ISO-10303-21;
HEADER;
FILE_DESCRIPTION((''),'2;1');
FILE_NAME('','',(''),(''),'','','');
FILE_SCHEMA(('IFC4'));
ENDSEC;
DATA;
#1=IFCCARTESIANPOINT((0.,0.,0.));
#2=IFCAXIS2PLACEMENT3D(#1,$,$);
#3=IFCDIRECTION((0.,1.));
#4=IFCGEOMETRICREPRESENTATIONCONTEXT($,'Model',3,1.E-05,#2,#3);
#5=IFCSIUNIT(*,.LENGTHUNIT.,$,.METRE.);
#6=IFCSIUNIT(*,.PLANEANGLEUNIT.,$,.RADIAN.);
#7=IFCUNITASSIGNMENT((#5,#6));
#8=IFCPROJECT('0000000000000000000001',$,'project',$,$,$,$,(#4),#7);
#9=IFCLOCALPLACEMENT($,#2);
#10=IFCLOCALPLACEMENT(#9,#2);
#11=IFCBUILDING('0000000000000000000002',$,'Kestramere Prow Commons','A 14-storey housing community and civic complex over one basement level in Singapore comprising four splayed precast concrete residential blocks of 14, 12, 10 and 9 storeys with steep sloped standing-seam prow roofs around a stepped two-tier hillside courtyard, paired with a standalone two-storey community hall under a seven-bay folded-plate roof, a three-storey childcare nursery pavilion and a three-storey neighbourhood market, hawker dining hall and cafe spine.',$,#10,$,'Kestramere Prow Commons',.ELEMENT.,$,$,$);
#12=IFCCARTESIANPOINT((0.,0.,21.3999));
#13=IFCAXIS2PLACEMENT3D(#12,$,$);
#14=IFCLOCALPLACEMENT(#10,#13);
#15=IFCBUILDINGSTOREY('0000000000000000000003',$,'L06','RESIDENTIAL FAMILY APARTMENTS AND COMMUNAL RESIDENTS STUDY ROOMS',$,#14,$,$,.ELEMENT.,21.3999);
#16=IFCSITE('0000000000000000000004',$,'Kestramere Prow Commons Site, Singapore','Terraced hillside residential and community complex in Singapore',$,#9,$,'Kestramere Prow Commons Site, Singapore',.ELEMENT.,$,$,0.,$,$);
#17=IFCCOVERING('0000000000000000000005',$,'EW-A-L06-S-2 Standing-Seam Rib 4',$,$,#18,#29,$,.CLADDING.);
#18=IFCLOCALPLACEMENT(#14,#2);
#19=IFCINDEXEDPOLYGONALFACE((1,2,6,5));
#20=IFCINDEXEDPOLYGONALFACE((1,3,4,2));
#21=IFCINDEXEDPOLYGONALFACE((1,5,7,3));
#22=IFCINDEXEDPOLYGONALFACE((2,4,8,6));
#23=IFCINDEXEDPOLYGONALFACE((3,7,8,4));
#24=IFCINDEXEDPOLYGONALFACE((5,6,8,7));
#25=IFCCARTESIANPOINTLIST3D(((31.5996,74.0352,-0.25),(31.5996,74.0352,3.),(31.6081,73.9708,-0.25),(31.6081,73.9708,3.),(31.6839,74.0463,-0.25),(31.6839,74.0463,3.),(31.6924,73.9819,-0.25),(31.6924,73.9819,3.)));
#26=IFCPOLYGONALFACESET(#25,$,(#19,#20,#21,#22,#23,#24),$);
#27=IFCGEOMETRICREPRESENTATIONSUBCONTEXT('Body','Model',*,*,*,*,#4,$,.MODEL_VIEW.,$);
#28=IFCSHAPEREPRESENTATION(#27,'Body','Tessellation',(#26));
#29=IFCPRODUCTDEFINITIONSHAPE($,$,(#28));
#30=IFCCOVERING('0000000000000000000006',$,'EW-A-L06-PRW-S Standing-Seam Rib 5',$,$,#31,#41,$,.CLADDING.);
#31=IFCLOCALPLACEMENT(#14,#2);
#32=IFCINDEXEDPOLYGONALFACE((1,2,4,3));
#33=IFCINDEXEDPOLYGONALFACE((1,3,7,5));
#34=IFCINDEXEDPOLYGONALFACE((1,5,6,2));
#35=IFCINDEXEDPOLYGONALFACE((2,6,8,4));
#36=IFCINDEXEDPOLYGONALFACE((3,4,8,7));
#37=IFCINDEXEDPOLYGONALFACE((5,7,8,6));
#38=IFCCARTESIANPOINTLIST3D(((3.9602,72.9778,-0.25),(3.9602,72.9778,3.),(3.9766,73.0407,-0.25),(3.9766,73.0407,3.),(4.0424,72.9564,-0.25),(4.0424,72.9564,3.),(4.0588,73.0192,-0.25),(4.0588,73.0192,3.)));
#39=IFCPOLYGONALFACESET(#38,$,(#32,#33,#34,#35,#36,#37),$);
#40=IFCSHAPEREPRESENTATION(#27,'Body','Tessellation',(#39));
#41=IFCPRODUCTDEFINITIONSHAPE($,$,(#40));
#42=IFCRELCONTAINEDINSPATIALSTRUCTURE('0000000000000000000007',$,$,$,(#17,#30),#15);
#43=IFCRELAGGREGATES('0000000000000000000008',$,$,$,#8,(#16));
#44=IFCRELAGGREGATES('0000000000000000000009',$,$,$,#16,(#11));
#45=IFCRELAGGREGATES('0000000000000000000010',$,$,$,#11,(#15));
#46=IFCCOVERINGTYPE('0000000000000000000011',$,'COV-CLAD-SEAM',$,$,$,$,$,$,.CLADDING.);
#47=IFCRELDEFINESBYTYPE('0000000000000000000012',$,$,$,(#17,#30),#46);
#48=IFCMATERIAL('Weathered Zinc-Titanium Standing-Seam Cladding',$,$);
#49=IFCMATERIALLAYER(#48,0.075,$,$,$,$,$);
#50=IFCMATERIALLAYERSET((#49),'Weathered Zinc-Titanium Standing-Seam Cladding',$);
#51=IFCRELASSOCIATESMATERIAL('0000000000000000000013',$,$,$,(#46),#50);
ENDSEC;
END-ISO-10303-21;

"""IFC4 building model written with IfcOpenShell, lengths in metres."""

from ifc_helpers import new_model, si_unit, direction, frame, origin, origin_2d, place, context, subcontext, project, spatial, rectangle, extrude, material, layer, layer_set, type_object, element, save


model = new_model("IFC4")

# Units and contexts
model_context = context("Model", 3, precision=1e-05, world=origin(), true_north=direction((0.0, 1.0)))
body_context = subcontext(model_context, "Body", "Model", "MODEL_VIEW")
ifc_project = project(units=[si_unit("LENGTHUNIT", "METRE"), si_unit("PLANEANGLEUNIT", "RADIAN")], contexts=[model_context])

# Site, building, storey
site_placement = place(None, origin())
site = spatial("IfcSite", under=ifc_project, at=site_placement, Name="Kestramere Prow Commons Site, Singapore", Description="Terraced hillside residential and community complex in Singapore", LongName="Kestramere Prow Commons Site, Singapore", CompositionType="ELEMENT", RefElevation=0.0)
building_placement = place(site_placement, origin())
building = spatial("IfcBuilding", under=site, at=building_placement, Name="Kestramere Prow Commons", Description="A 14-storey housing community and civic complex over one basement level in Singapore comprising four splayed precast concrete residential blocks of 14, 12, 10 and 9 storeys with steep sloped standing-seam prow roofs around a stepped two-tier hillside courtyard, paired with a standalone two-storey community hall under a seven-bay folded-plate roof, a three-storey childcare nursery pavilion and a three-storey neighbourhood market, hawker dining hall and cafe spine.", LongName="Kestramere Prow Commons", CompositionType="ELEMENT")
storey_placement = place(building_placement, frame((0.0, 0.0, 21.3999)))
storey = spatial("IfcBuildingStorey", under=building, at=storey_placement, Name="L06", Description="RESIDENTIAL FAMILY APARTMENTS AND COMMUNAL RESIDENTS STUDY ROOMS", CompositionType="ELEMENT", Elevation=21.3999)

# Shared definitions
ifc_material_1 = material(Name="Weathered Zinc-Titanium Standing-Seam Cladding")

# Coverings
ifc_layer_1 = layer(ifc_material_1, 0.075)
ifc_layer_set_1 = layer_set([ifc_layer_1], Name="Weathered Zinc-Titanium Standing-Seam Cladding")
covering_type = type_object("IfcCoveringType", Name="COV-CLAD-SEAM", PredefinedType="CLADDING", material=ifc_layer_set_1)
for number, where, z_axis, x_axis, name in (
    (1, (31.646, 74.0085, -0.25), (0.0, 0.0, 1.0), (-0.991445, -0.130526, 0.0), "EW-A-L06-S-2 Standing-Seam Rib 4"),
    (2, (4.0095, 72.9985, -0.25), (0.0, 0.0, 1.0), (-0.967698, 0.252112, 0.0), "EW-A-L06-PRW-S Standing-Seam Rib 5"),
):
    element("IfcCovering", number, at=place(storey_placement, frame(where, z_axis=z_axis, x_axis=x_axis)), inside=storey, type_object=covering_type, Name=name, PredefinedType="CLADDING", context=body_context, shape_type="SweptSolid", body=[
        extrude(rectangle(XDim=0.085, YDim=0.0649, at=origin_2d()), origin(), (0.0, 0.0, 1.0), 3.25),
    ])

save(model, "model.ifc")
